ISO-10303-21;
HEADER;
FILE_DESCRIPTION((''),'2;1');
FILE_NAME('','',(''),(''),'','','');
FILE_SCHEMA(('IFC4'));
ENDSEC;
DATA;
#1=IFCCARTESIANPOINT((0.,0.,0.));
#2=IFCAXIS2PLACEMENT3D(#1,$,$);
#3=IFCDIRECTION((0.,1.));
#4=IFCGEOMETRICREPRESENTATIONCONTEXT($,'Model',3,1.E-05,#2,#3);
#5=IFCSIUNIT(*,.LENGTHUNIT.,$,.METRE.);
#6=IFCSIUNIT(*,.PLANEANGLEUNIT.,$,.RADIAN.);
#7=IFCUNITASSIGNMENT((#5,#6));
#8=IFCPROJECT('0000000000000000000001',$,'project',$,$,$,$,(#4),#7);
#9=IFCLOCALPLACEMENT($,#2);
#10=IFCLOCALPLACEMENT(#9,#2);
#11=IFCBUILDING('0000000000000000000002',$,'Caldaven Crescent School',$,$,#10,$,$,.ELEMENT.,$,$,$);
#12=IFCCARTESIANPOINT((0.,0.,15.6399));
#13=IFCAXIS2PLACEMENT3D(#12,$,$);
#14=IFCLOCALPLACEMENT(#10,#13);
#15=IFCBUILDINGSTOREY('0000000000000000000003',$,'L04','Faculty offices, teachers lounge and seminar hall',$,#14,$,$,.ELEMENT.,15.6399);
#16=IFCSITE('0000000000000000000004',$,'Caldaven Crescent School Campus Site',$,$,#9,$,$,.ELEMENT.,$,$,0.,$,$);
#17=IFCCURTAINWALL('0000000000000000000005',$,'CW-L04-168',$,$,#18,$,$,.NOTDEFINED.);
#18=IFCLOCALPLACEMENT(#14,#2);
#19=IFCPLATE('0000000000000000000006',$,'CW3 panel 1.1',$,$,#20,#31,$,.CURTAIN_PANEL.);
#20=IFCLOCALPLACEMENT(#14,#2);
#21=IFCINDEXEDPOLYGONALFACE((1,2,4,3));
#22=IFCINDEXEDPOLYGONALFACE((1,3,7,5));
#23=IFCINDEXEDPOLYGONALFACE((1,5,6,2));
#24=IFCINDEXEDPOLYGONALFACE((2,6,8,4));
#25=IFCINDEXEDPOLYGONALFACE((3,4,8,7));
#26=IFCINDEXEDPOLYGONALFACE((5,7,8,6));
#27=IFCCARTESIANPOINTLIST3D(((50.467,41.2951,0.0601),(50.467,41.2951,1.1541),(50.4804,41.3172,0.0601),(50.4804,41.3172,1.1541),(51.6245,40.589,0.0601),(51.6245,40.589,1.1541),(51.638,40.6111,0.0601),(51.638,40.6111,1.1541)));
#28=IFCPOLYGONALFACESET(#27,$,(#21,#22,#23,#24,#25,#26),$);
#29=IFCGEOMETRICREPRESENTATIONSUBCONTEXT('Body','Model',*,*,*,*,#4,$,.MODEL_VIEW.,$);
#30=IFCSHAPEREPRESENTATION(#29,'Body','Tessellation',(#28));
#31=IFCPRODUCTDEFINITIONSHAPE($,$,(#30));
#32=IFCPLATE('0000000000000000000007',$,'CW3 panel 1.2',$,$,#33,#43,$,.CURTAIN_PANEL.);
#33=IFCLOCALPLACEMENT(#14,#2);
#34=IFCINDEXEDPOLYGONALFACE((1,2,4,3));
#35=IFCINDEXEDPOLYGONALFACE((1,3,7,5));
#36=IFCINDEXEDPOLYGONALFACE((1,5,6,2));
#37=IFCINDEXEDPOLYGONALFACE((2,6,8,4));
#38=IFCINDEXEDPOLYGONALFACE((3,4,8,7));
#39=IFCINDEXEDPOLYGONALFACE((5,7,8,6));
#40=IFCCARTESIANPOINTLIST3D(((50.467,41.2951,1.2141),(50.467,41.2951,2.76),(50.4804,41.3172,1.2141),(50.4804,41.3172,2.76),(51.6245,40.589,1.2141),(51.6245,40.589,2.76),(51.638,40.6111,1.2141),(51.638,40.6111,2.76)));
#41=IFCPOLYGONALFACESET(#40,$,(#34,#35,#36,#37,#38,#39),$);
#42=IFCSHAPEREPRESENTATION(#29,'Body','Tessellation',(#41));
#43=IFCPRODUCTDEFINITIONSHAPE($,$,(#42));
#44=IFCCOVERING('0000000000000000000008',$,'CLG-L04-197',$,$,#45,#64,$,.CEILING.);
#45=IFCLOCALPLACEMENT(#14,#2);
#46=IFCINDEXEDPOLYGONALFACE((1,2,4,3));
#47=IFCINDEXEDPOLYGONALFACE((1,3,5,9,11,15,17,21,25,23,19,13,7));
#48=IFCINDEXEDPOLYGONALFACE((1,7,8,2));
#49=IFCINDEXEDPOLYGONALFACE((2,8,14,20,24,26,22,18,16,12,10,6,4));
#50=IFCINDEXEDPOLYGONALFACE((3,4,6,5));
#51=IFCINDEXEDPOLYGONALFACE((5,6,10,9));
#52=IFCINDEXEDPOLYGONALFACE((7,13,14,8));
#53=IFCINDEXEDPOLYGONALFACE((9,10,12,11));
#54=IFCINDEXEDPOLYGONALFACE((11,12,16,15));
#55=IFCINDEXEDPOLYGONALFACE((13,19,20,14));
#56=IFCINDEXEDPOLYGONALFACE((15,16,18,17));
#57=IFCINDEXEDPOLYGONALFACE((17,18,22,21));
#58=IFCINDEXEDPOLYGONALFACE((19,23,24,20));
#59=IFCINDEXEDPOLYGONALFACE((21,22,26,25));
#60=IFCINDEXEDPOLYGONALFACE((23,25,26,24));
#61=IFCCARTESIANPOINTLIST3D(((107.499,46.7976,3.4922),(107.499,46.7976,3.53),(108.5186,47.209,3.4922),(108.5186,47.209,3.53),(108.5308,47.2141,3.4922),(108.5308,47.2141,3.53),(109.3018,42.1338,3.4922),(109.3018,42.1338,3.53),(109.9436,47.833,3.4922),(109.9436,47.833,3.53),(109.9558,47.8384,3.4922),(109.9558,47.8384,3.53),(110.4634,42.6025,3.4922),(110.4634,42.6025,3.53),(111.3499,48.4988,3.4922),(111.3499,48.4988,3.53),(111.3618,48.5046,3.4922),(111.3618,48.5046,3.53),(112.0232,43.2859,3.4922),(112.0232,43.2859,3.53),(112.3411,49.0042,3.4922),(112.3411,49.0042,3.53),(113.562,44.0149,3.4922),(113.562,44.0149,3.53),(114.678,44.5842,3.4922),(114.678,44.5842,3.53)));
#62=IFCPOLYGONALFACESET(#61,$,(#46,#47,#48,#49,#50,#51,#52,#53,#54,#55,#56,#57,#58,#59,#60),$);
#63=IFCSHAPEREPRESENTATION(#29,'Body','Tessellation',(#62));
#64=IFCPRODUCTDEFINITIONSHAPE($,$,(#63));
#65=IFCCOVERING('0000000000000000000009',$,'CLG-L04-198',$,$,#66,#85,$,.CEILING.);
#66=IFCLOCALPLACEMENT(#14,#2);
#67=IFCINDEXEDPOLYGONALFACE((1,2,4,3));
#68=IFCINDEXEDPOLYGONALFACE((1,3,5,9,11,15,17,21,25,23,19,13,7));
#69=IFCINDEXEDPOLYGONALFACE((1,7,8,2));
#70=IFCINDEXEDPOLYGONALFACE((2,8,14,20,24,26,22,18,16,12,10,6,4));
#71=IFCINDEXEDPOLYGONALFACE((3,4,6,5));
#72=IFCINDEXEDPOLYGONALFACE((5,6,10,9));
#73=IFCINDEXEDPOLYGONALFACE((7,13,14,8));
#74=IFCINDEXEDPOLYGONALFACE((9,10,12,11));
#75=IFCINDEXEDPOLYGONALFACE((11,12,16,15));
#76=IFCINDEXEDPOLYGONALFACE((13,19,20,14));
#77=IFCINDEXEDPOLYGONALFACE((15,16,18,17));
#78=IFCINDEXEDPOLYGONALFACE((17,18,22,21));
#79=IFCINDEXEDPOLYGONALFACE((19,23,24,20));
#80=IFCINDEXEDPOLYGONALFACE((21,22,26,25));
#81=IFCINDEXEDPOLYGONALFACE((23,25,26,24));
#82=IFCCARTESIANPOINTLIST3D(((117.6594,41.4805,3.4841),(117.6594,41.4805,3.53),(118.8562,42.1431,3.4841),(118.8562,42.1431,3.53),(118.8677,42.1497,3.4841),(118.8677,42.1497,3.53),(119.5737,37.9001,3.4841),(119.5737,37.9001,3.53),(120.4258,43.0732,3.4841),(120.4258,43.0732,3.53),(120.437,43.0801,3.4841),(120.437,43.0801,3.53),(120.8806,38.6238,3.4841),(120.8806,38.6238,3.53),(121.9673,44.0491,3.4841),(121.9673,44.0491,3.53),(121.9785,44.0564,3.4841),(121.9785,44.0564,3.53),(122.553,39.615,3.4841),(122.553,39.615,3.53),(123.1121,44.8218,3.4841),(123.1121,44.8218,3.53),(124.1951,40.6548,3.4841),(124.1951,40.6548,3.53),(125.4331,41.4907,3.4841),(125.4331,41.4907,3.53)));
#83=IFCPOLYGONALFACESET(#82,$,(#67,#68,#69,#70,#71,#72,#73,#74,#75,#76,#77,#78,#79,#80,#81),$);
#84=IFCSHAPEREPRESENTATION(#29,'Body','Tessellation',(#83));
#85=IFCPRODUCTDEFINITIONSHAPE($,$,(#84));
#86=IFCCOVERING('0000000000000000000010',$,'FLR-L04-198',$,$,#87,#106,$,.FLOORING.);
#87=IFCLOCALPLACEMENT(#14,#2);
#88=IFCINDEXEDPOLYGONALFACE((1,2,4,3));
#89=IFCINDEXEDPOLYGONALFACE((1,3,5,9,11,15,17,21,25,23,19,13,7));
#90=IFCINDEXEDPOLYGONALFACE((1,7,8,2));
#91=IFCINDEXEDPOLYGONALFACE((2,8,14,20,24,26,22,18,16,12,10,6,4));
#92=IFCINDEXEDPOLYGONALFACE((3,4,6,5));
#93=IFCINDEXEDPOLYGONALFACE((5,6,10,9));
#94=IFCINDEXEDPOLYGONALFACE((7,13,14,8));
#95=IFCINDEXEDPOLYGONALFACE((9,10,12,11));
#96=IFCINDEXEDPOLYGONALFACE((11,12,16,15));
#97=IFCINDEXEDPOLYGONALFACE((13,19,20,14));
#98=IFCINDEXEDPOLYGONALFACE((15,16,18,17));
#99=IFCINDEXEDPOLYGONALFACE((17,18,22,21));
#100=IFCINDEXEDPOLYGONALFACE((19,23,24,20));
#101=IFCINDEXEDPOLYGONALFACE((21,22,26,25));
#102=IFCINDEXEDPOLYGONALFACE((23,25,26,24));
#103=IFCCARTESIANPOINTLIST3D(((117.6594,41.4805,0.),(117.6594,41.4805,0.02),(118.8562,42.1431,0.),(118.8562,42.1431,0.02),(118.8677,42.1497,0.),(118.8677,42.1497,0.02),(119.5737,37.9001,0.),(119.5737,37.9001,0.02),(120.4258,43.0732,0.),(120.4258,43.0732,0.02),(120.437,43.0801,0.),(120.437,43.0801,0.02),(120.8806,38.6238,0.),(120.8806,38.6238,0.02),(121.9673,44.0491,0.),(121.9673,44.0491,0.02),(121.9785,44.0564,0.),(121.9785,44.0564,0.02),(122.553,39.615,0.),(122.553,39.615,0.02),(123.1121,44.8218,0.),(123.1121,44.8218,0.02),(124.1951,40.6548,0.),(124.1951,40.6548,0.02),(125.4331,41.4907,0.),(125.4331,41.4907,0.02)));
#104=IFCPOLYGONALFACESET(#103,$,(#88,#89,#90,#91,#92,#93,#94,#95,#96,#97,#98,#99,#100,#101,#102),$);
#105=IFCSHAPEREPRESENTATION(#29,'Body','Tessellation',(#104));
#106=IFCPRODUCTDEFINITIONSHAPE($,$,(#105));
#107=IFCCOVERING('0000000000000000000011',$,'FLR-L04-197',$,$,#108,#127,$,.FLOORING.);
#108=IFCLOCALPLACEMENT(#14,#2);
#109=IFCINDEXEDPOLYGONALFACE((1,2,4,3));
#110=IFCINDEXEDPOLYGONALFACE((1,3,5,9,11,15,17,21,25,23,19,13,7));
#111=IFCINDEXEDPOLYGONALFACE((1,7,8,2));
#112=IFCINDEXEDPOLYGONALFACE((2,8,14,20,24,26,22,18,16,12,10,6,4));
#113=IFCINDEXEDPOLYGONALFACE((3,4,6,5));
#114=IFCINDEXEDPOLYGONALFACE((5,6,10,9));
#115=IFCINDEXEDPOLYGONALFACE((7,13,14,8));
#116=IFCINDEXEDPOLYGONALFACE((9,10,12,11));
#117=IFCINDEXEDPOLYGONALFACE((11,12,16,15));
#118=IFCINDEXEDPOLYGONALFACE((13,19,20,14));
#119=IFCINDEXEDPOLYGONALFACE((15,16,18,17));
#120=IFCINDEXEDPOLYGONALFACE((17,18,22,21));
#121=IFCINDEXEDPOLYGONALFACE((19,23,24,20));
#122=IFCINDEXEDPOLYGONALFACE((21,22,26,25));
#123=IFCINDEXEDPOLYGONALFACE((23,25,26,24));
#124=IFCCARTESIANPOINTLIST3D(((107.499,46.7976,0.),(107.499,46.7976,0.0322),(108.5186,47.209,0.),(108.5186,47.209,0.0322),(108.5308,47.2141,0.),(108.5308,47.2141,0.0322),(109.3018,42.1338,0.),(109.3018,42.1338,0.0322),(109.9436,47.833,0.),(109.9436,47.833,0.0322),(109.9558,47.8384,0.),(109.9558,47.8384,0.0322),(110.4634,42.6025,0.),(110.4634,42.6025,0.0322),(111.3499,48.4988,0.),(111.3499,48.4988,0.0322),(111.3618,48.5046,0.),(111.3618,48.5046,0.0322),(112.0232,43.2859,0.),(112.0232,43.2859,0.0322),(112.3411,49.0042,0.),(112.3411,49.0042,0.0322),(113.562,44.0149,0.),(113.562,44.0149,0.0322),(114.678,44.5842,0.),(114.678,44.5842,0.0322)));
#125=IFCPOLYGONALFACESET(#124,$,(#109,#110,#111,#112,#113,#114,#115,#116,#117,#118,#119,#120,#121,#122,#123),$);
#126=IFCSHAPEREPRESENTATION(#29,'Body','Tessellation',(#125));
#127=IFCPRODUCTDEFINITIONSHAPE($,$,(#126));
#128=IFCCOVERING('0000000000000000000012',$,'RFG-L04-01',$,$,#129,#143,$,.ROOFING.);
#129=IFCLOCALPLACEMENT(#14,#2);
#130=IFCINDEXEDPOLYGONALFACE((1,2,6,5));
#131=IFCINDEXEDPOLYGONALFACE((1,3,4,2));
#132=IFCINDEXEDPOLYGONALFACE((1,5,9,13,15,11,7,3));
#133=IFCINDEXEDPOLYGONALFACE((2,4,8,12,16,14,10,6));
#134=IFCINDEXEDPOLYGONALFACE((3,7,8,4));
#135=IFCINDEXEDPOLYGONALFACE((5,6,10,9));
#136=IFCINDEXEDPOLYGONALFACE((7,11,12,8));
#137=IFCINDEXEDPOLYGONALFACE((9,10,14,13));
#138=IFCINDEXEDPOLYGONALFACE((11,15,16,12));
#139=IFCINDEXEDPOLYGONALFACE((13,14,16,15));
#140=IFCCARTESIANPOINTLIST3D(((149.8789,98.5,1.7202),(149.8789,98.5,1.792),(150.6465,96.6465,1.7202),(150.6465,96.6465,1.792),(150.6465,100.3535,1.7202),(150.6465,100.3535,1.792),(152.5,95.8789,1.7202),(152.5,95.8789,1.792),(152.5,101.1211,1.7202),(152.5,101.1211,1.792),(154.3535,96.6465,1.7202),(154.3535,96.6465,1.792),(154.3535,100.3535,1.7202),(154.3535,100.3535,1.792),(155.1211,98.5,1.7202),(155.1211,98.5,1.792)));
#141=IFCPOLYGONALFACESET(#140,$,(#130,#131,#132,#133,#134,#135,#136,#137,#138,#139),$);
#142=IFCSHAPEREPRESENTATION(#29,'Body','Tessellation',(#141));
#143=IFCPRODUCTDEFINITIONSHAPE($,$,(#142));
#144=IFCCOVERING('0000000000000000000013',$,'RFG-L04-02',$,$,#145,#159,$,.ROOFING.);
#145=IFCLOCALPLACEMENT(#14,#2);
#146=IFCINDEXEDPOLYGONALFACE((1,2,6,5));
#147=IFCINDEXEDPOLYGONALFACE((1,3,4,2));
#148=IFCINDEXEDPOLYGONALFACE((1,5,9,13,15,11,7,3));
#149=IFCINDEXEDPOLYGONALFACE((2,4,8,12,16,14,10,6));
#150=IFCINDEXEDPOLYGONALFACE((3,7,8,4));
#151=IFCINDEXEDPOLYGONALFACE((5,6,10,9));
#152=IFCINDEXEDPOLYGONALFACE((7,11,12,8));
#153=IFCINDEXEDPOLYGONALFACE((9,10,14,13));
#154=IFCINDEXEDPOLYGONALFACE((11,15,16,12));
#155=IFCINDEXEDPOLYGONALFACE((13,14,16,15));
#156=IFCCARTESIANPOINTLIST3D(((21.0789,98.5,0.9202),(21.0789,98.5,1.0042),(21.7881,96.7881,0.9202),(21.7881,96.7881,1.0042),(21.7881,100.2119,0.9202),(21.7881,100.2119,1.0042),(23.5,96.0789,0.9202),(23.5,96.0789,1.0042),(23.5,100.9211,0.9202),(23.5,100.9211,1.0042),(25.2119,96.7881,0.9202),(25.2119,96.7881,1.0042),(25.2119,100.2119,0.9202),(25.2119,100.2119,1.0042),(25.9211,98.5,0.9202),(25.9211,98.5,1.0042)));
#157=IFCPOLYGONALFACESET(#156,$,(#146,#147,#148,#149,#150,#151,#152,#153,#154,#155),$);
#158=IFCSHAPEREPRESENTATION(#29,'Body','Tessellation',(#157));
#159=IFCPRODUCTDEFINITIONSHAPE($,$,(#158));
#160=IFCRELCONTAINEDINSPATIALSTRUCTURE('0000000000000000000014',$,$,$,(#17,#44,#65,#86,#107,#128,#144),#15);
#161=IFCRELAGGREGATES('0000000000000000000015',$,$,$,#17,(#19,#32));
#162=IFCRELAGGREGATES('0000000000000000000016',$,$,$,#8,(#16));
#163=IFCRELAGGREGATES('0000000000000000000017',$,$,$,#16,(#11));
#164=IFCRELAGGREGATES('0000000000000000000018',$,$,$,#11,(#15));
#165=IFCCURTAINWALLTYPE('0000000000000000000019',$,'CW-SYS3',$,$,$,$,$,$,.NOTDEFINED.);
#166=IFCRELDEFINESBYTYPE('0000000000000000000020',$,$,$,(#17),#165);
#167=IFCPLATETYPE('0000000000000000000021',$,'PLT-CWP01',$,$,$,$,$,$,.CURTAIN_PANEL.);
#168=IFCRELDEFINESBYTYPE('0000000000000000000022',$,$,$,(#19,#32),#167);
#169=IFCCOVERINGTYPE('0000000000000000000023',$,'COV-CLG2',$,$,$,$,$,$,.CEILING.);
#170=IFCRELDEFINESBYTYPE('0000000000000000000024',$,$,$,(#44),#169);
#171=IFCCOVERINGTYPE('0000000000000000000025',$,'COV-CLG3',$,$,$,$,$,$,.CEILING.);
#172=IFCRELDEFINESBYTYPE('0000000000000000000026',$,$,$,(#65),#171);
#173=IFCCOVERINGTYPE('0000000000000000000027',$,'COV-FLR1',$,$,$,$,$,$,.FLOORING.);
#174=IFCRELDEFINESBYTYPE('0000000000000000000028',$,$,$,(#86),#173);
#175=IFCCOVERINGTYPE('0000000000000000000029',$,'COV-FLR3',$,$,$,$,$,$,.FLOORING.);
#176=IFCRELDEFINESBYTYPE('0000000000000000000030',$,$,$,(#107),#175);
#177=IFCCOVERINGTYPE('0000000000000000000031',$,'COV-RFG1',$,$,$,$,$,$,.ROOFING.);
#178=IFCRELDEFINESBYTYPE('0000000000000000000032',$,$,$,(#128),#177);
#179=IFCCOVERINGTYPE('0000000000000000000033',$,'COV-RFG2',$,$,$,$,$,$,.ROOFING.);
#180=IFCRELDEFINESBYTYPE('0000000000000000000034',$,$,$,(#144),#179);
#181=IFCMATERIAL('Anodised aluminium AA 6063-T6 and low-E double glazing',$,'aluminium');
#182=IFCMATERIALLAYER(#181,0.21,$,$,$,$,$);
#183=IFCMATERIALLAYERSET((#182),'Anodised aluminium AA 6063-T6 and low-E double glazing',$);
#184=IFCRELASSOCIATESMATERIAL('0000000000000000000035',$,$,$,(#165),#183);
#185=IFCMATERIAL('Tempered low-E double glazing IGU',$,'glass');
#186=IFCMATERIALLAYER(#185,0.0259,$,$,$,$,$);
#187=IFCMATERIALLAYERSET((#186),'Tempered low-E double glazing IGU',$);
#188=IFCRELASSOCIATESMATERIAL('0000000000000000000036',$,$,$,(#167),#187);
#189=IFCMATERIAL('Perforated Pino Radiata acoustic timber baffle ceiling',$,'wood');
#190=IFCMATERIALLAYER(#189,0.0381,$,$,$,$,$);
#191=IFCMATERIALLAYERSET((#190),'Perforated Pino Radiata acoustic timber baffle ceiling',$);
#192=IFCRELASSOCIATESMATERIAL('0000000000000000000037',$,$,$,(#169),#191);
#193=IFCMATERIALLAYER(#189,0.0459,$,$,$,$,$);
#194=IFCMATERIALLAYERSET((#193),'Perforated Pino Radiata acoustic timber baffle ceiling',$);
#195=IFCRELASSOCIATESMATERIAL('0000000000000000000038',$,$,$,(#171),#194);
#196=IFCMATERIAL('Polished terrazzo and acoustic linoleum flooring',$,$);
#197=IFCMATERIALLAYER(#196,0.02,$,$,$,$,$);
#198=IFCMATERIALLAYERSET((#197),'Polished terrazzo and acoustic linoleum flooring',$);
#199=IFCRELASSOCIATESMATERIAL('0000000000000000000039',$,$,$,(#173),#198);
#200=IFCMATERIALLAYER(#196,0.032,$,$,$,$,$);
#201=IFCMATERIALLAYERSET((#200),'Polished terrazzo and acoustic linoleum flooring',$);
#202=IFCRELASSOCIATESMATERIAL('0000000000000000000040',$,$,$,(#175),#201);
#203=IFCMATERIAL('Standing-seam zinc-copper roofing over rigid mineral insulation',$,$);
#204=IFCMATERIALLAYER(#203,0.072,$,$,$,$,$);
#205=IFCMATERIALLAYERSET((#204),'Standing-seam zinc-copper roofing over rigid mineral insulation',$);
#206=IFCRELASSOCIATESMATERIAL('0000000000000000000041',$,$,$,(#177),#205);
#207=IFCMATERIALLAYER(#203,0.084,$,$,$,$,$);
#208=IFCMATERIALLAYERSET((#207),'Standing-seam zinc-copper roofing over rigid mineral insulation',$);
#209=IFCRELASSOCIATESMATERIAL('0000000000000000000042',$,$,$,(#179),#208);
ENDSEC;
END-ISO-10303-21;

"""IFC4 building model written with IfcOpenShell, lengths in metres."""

from ifc_helpers import new_model, si_unit, direction, frame, origin, origin_2d, place, context, subcontext, project, spatial, polyline, rectangle, outline, extrude, material, layer, layer_set, type_object, element, aggregate, save


model = new_model("IFC4")

# Units and contexts
model_context = context("Model", 3, precision=1e-05, world=origin(), true_north=direction((0.0, 1.0)))
body_context = subcontext(model_context, "Body", "Model", "MODEL_VIEW")
ifc_project = project(units=[si_unit("LENGTHUNIT", "METRE"), si_unit("PLANEANGLEUNIT", "RADIAN")], contexts=[model_context])

# Site, building, storey
site_placement = place(None, origin())
site = spatial("IfcSite", under=ifc_project, at=site_placement, Name="Caldaven Crescent School Campus Site", CompositionType="ELEMENT", RefElevation=0.0)
building_placement = place(site_placement, origin())
building = spatial("IfcBuilding", under=site, at=building_placement, Name="Caldaven Crescent School", CompositionType="ELEMENT")
storey_placement = place(building_placement, frame((0.0, 0.0, 15.6399)))
storey = spatial("IfcBuildingStorey", under=building, at=storey_placement, Name="L04", Description="Faculty offices, teachers lounge and seminar hall", CompositionType="ELEMENT", Elevation=15.6399)

# Curtain wall
ifc_material_1 = material(Name="Anodised aluminium AA 6063-T6 and low-E double glazing", Category="aluminium")
ifc_layer_1 = layer(ifc_material_1, 0.21)
ifc_layer_set_1 = layer_set([ifc_layer_1], Name="Anodised aluminium AA 6063-T6 and low-E double glazing")
curtain_wall_type = type_object("IfcCurtainWallType", Name="CW-SYS3", PredefinedType="NOTDEFINED", material=ifc_layer_set_1)
curtain_wall_placement = place(storey_placement, origin())
curtain_wall = element("IfcCurtainWall", 1, at=curtain_wall_placement, inside=storey, type_object=curtain_wall_type, Name="CW-L04-168", PredefinedType="NOTDEFINED")

# Plates
ifc_material_2 = material(Name="Tempered low-E double glazing IGU", Category="glass")
ifc_layer_2 = layer(ifc_material_2, 0.0259)
ifc_layer_set_2 = layer_set([ifc_layer_2], Name="Tempered low-E double glazing IGU")
plate_type = type_object("IfcPlateType", Name="PLT-CWP01", PredefinedType="CURTAIN_PANEL", material=ifc_layer_set_2)
plate_1_placement = place(storey_placement, frame((51.0525, 40.9531, 0.0601), z_axis=(0.0, 0.0, 1.0), x_axis=(0.853709, -0.52075, 0.0)))
plate_1 = element("IfcPlate", 2, at=plate_1_placement, type_object=plate_type, Name="CW3 panel 1.1", PredefinedType="CURTAIN_PANEL", context=body_context, shape_type="SweptSolid", body=[
    extrude(rectangle(XDim=1.356, YDim=0.0259, at=origin_2d()), origin(), (0.0, 0.0, 1.0), 1.094),
])
plate_2_placement = place(storey_placement, frame((51.0525, 40.9531, 1.2141), z_axis=(0.0, 0.0, 1.0), x_axis=(0.853709, -0.52075, 0.0)))
plate_2 = element("IfcPlate", 3, at=plate_2_placement, type_object=plate_type, Name="CW3 panel 1.2", PredefinedType="CURTAIN_PANEL", context=body_context, shape_type="SweptSolid", body=[
    extrude(rectangle(XDim=1.356, YDim=0.0259, at=origin_2d()), origin(), (0.0, 0.0, 1.0), 1.5459),
])
aggregate(curtain_wall, [plate_1, plate_2])

# Coverings
ifc_material_3 = material(Name="Perforated Pino Radiata acoustic timber baffle ceiling", Category="wood")
ifc_layer_3 = layer(ifc_material_3, 0.0381)
ifc_layer_set_3 = layer_set([ifc_layer_3], Name="Perforated Pino Radiata acoustic timber baffle ceiling")
covering_type_1 = type_object("IfcCoveringType", Name="COV-CLG2", PredefinedType="CEILING", material=ifc_layer_set_3)
covering_1_placement = place(storey_placement, frame((0.0, 0.0, 3.4922)))
element("IfcCovering", 4, at=covering_1_placement, inside=storey, type_object=covering_type_1, Name="CLG-L04-197", PredefinedType="CEILING", context=body_context, shape_type="SweptSolid", body=[
    extrude(outline(polyline([(108.5186, 47.209), (108.5308, 47.2141), (109.9436, 47.833), (109.9558, 47.8384), (111.3499, 48.4988), (111.3618, 48.5046), (112.3411, 49.0042), (114.678, 44.5842), (113.562, 44.0149), (112.0232, 43.2859), (110.4634, 42.6025), (109.3018, 42.1338), (107.499, 46.7976), (108.5186, 47.209)])), origin(), (0.0, 0.0, 1.0), 0.0378),
])
ifc_layer_4 = layer(ifc_material_3, 0.0459)
ifc_layer_set_4 = layer_set([ifc_layer_4], Name="Perforated Pino Radiata acoustic timber baffle ceiling")
covering_type_2 = type_object("IfcCoveringType", Name="COV-CLG3", PredefinedType="CEILING", material=ifc_layer_set_4)
covering_2_placement = place(storey_placement, frame((0.0, 0.0, 3.4841)))
element("IfcCovering", 5, at=covering_2_placement, inside=storey, type_object=covering_type_2, Name="CLG-L04-198", PredefinedType="CEILING", context=body_context, shape_type="SweptSolid", body=[
    extrude(outline(polyline([(118.8562, 42.1431), (118.8677, 42.1497), (120.4258, 43.0732), (120.437, 43.0801), (121.9673, 44.0491), (121.9785, 44.0564), (123.1121, 44.8218), (125.4331, 41.4907), (124.1951, 40.6548), (122.553, 39.615), (120.8806, 38.6238), (119.5737, 37.9001), (117.6594, 41.4805), (118.8562, 42.1431)])), origin(), (0.0, 0.0, 1.0), 0.0459),
])
ifc_material_4 = material(Name="Polished terrazzo and acoustic linoleum flooring")
ifc_layer_5 = layer(ifc_material_4, 0.02)
ifc_layer_set_5 = layer_set([ifc_layer_5], Name="Polished terrazzo and acoustic linoleum flooring")
covering_type_3 = type_object("IfcCoveringType", Name="COV-FLR1", PredefinedType="FLOORING", material=ifc_layer_set_5)
covering_3_placement = place(storey_placement, origin())
element("IfcCovering", 6, at=covering_3_placement, inside=storey, type_object=covering_type_3, Name="FLR-L04-198", PredefinedType="FLOORING", context=body_context, shape_type="SweptSolid", body=[
    extrude(outline(polyline([(117.6594, 41.4805), (118.8562, 42.1431), (118.8677, 42.1497), (120.4258, 43.0732), (120.437, 43.0801), (121.9673, 44.0491), (121.9785, 44.0564), (123.1121, 44.8218), (125.4331, 41.4907), (124.1951, 40.6548), (122.553, 39.615), (120.8806, 38.6238), (119.5737, 37.9001), (117.6594, 41.4805)])), origin(), (0.0, 0.0, 1.0), 0.02),
])
ifc_layer_6 = layer(ifc_material_4, 0.032)
ifc_layer_set_6 = layer_set([ifc_layer_6], Name="Polished terrazzo and acoustic linoleum flooring")
covering_type_4 = type_object("IfcCoveringType", Name="COV-FLR3", PredefinedType="FLOORING", material=ifc_layer_set_6)
covering_4_placement = place(storey_placement, origin())
element("IfcCovering", 7, at=covering_4_placement, inside=storey, type_object=covering_type_4, Name="FLR-L04-197", PredefinedType="FLOORING", context=body_context, shape_type="SweptSolid", body=[
    extrude(outline(polyline([(107.499, 46.7976), (108.5186, 47.209), (108.5308, 47.2141), (109.9436, 47.833), (109.9558, 47.8384), (111.3499, 48.4988), (111.3618, 48.5046), (112.3411, 49.0042), (114.678, 44.5842), (113.562, 44.0149), (112.0232, 43.2859), (110.4634, 42.6025), (109.3018, 42.1338), (107.499, 46.7976)])), origin(), (0.0, 0.0, 1.0), 0.0322),
])
ifc_material_5 = material(Name="Standing-seam zinc-copper roofing over rigid mineral insulation")
ifc_layer_7 = layer(ifc_material_5, 0.072)
ifc_layer_set_7 = layer_set([ifc_layer_7], Name="Standing-seam zinc-copper roofing over rigid mineral insulation")
covering_type_5 = type_object("IfcCoveringType", Name="COV-RFG1", PredefinedType="ROOFING", material=ifc_layer_set_7)
covering_5_placement = place(storey_placement, frame((0.0, 0.0, 1.7202)))
element("IfcCovering", 8, at=covering_5_placement, inside=storey, type_object=covering_type_5, Name="RFG-L04-01", PredefinedType="ROOFING", context=body_context, shape_type="SweptSolid", body=[
    extrude(outline(polyline([(155.1211, 98.5), (154.3535, 96.6465), (152.5, 95.8789), (150.6465, 96.6465), (149.8789, 98.5), (150.6465, 100.3535), (152.5, 101.1211), (154.3535, 100.3535), (155.1211, 98.5)])), origin(), (0.0, 0.0, 1.0), 0.0718),
])
ifc_layer_8 = layer(ifc_material_5, 0.084)
ifc_layer_set_8 = layer_set([ifc_layer_8], Name="Standing-seam zinc-copper roofing over rigid mineral insulation")
covering_type_6 = type_object("IfcCoveringType", Name="COV-RFG2", PredefinedType="ROOFING", material=ifc_layer_set_8)
covering_6_placement = place(storey_placement, frame((0.0, 0.0, 0.9202)))
element("IfcCovering", 9, at=covering_6_placement, inside=storey, type_object=covering_type_6, Name="RFG-L04-02", PredefinedType="ROOFING", context=body_context, shape_type="SweptSolid", body=[
    extrude(outline(polyline([(25.9211, 98.5), (25.2119, 96.7881), (23.5, 96.0789), (21.7881, 96.7881), (21.0789, 98.5), (21.7881, 100.2119), (23.5, 100.9211), (25.2119, 100.2119), (25.9211, 98.5)])), origin(), (0.0, 0.0, 1.0), 0.084),
])

save(model, "model.ifc")
